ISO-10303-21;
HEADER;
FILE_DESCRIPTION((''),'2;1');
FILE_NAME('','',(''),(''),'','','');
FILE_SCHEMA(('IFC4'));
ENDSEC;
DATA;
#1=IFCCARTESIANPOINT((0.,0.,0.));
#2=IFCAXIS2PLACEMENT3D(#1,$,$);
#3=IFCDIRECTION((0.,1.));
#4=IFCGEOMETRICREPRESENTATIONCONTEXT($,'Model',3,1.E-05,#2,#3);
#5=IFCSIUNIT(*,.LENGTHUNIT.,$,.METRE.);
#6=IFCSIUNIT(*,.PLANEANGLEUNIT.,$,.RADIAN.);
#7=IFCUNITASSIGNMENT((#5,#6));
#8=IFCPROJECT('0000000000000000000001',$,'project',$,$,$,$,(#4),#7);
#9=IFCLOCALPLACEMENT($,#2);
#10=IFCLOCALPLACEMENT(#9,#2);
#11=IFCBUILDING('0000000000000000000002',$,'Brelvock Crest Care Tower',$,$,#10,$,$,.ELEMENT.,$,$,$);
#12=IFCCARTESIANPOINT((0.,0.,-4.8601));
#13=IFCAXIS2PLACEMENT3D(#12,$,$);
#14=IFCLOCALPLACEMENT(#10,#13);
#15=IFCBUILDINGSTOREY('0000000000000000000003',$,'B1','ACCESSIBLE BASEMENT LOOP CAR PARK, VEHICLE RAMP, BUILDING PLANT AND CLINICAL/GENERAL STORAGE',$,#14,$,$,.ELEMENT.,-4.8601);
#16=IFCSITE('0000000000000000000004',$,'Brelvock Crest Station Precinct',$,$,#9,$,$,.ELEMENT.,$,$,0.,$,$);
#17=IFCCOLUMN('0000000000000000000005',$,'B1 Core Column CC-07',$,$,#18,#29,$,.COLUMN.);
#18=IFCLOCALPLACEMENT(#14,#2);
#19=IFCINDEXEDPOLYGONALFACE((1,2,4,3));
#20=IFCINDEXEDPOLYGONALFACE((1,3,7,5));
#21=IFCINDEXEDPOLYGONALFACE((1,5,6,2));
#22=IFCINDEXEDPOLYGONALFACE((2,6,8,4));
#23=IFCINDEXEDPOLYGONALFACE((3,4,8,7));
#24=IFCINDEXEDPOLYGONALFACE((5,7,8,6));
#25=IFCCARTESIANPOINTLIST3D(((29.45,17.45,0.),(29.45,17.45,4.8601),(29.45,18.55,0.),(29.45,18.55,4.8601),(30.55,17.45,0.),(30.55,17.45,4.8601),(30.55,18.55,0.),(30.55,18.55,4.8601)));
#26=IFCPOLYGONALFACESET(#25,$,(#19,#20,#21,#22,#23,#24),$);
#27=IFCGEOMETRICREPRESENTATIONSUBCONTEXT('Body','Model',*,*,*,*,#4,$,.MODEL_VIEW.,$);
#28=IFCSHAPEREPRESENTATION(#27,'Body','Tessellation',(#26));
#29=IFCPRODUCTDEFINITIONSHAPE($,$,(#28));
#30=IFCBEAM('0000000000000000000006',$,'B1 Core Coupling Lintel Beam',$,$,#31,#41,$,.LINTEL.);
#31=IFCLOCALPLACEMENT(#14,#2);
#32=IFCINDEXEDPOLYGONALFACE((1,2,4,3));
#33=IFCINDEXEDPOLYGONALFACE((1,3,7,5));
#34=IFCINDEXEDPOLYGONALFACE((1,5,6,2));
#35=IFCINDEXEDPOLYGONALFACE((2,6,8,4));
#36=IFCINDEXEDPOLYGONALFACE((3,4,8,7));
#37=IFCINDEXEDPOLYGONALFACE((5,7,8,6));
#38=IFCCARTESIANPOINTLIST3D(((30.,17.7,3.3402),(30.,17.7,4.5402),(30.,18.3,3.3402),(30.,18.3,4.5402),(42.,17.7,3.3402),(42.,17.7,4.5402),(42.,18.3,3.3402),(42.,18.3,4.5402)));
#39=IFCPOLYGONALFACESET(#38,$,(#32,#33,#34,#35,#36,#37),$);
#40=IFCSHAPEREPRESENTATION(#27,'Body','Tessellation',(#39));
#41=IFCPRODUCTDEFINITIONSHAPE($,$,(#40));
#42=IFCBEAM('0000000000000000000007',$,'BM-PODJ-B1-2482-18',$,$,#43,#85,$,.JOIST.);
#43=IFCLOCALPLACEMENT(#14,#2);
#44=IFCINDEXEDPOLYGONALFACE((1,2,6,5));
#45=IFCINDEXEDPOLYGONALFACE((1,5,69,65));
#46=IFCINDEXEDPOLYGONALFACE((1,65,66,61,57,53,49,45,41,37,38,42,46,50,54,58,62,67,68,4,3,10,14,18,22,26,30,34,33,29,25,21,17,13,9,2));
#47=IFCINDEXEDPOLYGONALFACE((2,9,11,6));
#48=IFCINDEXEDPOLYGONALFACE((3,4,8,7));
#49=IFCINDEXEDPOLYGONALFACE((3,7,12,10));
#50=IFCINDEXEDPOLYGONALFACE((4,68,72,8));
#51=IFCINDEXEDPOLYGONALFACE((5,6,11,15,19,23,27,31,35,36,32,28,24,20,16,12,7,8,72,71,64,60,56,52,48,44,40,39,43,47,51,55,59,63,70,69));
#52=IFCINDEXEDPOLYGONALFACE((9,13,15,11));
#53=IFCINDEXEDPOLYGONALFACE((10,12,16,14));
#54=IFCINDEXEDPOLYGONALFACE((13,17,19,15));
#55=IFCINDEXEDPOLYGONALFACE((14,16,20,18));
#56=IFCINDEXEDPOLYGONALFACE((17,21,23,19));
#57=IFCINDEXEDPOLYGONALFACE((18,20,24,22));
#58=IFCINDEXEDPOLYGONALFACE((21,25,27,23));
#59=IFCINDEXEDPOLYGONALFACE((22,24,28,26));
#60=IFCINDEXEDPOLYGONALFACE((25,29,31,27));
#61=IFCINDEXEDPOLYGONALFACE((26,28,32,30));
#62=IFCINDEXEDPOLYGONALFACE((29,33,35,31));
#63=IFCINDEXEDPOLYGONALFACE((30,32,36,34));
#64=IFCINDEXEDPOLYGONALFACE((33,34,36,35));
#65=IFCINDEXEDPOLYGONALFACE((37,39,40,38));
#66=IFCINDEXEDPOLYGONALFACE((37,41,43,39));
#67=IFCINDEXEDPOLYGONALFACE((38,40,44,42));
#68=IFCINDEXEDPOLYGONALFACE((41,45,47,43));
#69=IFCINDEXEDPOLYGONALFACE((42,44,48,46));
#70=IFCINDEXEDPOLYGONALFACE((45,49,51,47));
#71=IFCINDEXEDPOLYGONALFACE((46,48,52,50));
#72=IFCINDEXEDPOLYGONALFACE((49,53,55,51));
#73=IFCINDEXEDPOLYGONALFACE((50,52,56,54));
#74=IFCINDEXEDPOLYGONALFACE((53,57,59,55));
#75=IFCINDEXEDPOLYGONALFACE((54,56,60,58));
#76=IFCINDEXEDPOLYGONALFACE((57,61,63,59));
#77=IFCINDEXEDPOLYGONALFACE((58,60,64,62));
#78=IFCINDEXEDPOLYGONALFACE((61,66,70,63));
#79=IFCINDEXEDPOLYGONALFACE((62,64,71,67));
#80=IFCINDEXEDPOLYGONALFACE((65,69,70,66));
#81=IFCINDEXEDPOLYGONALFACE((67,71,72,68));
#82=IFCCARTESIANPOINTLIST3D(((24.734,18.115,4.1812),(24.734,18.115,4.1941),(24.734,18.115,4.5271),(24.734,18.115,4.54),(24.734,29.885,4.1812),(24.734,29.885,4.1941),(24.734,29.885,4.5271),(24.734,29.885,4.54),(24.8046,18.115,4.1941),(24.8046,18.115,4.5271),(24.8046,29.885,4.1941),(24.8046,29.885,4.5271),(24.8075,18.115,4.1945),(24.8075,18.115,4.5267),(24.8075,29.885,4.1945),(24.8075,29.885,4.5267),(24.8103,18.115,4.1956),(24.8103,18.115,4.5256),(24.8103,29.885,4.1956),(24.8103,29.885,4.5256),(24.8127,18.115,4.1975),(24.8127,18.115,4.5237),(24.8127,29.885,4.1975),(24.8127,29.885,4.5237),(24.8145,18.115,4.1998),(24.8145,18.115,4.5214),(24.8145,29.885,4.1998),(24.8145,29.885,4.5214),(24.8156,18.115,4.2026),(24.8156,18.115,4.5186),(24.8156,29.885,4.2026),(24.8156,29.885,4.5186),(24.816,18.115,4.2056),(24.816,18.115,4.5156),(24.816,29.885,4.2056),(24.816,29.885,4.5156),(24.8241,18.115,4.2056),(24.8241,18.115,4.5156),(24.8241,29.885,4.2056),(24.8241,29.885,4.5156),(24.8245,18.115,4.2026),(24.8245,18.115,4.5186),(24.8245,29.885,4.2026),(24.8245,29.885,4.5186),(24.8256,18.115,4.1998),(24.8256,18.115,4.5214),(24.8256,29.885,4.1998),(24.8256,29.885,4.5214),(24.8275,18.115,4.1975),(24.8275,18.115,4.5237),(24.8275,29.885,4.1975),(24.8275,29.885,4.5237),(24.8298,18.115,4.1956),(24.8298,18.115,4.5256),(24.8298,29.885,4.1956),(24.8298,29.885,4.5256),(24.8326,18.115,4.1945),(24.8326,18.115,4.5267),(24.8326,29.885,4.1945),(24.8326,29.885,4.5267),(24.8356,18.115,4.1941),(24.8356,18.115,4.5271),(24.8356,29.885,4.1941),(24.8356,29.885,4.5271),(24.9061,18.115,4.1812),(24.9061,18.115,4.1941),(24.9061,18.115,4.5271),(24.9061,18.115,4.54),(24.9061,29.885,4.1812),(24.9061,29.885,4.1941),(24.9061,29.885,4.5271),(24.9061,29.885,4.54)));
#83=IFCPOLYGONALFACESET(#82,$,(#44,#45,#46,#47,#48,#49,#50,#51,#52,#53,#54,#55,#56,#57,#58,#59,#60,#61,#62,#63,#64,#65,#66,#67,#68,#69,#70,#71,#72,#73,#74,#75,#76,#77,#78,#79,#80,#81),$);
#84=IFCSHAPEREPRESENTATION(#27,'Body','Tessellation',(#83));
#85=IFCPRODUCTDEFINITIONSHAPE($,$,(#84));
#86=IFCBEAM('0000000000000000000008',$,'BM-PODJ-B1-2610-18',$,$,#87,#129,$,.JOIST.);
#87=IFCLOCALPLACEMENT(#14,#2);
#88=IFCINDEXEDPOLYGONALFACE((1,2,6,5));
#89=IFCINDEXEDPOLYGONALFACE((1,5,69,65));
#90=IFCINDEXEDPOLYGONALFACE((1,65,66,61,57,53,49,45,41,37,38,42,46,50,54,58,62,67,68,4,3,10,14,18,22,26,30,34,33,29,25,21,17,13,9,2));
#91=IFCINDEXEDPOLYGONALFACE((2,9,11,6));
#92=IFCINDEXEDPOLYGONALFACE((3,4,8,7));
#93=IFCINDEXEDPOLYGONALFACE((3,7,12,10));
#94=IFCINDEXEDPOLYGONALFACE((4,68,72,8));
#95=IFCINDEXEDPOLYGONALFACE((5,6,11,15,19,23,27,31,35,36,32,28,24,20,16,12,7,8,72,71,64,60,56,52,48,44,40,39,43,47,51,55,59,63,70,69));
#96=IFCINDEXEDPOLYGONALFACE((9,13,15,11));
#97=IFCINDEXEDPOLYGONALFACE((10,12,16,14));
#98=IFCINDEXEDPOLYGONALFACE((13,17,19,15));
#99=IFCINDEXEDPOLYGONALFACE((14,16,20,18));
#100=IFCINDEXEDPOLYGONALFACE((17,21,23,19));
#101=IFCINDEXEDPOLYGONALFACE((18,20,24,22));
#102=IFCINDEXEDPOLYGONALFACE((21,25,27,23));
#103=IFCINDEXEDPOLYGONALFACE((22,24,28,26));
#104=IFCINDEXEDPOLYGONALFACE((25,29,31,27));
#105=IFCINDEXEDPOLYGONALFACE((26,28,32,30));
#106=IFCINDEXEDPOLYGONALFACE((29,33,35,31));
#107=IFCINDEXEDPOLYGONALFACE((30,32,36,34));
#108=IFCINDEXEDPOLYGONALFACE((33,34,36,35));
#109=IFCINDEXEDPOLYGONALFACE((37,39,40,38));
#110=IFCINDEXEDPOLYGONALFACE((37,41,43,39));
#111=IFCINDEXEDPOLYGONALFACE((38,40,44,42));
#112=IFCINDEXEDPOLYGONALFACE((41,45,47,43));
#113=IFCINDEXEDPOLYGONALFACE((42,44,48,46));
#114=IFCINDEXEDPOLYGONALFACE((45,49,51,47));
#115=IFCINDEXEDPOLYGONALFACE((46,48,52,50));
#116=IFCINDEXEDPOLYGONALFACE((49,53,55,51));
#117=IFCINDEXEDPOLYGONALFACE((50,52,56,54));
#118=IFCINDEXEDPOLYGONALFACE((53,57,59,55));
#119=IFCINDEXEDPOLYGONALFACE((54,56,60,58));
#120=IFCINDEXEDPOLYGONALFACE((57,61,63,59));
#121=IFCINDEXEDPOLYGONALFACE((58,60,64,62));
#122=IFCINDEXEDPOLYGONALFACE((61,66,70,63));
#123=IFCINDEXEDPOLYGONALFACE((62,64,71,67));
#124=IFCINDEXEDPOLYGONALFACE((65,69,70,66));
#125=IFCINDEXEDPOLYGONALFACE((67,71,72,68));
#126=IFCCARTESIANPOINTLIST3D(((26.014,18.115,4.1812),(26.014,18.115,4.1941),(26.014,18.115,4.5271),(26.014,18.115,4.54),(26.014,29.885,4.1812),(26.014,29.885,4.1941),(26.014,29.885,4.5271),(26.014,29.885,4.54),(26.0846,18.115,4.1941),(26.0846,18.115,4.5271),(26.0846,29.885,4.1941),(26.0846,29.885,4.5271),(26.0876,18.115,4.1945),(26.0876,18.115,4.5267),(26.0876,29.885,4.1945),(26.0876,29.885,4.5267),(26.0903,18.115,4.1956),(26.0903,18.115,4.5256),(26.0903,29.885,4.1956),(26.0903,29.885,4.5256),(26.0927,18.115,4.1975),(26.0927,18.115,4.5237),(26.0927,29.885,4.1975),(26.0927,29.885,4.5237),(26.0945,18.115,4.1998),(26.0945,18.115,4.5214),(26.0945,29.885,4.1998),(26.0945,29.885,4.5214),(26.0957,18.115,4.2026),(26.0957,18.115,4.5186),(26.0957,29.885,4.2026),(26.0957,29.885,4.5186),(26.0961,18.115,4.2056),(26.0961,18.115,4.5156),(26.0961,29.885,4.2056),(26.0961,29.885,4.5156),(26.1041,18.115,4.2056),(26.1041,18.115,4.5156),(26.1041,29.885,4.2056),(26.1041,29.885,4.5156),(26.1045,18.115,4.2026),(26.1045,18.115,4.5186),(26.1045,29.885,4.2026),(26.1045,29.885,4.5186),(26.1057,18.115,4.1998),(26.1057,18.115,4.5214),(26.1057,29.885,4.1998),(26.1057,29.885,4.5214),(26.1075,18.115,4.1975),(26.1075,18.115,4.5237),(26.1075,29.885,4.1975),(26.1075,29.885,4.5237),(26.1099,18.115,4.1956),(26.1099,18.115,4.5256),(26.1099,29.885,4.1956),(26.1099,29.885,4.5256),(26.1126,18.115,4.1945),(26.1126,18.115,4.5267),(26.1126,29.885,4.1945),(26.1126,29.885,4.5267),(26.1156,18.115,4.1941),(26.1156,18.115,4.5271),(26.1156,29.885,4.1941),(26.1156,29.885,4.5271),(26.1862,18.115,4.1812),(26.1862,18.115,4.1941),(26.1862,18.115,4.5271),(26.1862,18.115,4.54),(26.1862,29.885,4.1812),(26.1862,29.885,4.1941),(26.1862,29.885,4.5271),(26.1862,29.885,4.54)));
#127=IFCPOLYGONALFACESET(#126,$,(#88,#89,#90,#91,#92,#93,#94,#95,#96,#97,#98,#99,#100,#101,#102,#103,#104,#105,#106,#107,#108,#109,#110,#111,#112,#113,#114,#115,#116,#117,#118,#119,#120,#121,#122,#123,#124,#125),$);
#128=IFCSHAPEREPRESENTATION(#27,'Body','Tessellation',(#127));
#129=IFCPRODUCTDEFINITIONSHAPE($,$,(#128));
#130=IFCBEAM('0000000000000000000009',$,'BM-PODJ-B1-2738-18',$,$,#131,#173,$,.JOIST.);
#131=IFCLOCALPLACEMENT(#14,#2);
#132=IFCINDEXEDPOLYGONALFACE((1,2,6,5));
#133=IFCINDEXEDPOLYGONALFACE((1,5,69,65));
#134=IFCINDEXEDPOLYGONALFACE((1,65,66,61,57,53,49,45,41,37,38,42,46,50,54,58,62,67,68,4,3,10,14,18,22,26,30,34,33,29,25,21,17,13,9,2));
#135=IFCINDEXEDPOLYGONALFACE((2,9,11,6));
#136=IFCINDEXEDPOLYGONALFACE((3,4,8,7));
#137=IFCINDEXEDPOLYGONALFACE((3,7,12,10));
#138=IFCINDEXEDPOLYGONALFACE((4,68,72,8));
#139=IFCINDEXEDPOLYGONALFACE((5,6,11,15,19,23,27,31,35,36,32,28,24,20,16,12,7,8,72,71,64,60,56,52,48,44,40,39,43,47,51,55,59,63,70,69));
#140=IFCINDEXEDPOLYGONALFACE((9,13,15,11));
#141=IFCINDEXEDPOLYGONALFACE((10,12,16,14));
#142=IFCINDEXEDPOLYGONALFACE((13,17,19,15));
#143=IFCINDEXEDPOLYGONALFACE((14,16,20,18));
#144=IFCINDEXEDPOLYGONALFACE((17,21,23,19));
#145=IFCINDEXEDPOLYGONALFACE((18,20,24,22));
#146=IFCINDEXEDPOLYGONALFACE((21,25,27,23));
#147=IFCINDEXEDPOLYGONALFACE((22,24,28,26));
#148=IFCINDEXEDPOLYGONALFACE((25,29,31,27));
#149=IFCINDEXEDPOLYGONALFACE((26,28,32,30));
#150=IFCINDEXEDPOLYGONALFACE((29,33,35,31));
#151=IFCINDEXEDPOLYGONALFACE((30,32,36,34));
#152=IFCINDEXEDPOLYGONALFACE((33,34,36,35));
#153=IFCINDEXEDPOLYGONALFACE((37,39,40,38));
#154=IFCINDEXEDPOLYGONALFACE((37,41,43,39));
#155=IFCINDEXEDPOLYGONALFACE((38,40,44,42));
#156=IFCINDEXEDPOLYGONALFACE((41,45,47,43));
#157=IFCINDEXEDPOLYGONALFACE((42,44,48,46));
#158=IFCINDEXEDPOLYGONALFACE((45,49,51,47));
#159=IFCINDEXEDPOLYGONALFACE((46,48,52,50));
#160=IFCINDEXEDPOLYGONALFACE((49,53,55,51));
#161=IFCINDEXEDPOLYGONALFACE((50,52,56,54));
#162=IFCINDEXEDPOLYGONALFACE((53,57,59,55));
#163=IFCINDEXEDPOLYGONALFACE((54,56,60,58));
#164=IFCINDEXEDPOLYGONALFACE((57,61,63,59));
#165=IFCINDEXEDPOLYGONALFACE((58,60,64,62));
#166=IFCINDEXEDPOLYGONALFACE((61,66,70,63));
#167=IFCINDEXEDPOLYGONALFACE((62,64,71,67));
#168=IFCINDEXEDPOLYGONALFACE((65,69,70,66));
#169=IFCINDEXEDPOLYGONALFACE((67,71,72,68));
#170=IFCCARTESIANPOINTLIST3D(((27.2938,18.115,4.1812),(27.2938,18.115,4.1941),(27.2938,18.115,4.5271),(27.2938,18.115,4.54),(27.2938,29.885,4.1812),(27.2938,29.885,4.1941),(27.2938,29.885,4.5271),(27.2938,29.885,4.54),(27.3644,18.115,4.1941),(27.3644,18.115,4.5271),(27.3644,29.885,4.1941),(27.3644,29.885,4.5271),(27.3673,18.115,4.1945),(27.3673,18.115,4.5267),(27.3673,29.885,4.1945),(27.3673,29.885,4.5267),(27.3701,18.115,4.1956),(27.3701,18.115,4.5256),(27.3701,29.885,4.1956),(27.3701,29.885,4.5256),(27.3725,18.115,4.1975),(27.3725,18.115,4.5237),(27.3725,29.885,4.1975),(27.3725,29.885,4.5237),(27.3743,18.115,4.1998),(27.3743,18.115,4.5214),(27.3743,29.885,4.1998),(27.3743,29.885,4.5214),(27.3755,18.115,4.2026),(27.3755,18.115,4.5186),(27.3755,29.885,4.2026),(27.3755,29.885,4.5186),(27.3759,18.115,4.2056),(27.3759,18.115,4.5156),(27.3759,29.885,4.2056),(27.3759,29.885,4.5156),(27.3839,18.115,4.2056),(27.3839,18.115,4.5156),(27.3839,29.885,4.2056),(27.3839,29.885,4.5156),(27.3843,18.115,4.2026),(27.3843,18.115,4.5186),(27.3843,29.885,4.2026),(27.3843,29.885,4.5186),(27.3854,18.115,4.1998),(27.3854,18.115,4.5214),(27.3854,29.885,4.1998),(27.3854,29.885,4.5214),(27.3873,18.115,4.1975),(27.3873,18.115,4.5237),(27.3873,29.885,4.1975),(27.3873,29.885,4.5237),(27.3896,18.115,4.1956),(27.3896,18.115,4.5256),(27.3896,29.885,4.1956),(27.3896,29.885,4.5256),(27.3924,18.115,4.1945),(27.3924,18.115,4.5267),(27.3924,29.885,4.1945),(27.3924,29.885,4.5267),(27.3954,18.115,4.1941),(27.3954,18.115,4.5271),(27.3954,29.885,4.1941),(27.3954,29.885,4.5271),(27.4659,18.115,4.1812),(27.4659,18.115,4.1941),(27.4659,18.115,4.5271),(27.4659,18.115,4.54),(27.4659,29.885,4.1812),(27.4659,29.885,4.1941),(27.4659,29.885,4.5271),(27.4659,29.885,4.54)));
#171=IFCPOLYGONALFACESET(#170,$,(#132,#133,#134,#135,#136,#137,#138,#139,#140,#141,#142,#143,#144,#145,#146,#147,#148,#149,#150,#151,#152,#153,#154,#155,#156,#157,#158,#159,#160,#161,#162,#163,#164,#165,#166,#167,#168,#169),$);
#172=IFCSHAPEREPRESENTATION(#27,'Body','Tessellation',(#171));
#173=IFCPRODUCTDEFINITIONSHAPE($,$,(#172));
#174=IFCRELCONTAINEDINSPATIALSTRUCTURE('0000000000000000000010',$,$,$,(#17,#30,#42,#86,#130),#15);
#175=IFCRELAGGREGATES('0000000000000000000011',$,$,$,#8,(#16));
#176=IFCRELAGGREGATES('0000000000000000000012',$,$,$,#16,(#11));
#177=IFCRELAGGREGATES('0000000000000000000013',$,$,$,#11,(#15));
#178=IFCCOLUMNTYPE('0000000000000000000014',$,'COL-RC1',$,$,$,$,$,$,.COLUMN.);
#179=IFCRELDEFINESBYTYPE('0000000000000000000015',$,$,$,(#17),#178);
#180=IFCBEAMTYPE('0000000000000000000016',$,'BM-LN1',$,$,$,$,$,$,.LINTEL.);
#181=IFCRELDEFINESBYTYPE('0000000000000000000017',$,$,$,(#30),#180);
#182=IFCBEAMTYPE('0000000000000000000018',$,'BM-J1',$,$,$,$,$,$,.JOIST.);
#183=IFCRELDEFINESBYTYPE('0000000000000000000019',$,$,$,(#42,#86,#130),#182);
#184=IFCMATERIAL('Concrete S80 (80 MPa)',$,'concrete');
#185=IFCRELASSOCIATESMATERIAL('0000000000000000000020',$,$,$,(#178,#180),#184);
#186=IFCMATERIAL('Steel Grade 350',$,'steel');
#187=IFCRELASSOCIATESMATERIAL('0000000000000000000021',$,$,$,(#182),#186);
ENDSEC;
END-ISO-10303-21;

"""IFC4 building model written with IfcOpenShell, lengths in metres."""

from ifc_helpers import new_model, si_unit, direction, frame, origin, origin_2d, place, context, subcontext, project, spatial, rectangle, i_section, extrude, source, transform, mapped, material, material_profile, profile_set, type_object, element, save


model = new_model("IFC4")

# Units and contexts
model_context = context("Model", 3, precision=1e-05, world=origin(), true_north=direction((0.0, 1.0)))
body_context = subcontext(model_context, "Body", "Model", "MODEL_VIEW")
ifc_project = project(units=[si_unit("LENGTHUNIT", "METRE"), si_unit("PLANEANGLEUNIT", "RADIAN")], contexts=[model_context])

# Site, building, storey
site_placement = place(None, origin())
site = spatial("IfcSite", under=ifc_project, at=site_placement, Name="Brelvock Crest Station Precinct", CompositionType="ELEMENT", RefElevation=0.0)
building_placement = place(site_placement, origin())
building = spatial("IfcBuilding", under=site, at=building_placement, Name="Brelvock Crest Care Tower", CompositionType="ELEMENT")
storey_placement = place(building_placement, frame((0.0, 0.0, -4.8601)))
storey = spatial("IfcBuildingStorey", under=building, at=storey_placement, Name="B1", Description="ACCESSIBLE BASEMENT LOOP CAR PARK, VEHICLE RAMP, BUILDING PLANT AND CLINICAL/GENERAL STORAGE", CompositionType="ELEMENT", Elevation=-4.8601)

# Column
ifc_material_1 = material(Name="Concrete S80 (80 MPa)", Category="concrete")
ifc_material_profile_1 = material_profile(ifc_material_1, rectangle(XDim=1.1001, YDim=1.1001, at=origin_2d()), Name="RC1100x1100")
ifc_profile_set_1 = profile_set([ifc_material_profile_1], Name="Concrete S80 (80 MPa)")
column_type = type_object("IfcColumnType", Name="COL-RC1", PredefinedType="COLUMN", material=ifc_profile_set_1)
shared_shape_1 = source(origin(), body_context, "Body", "SweptSolid", [
    extrude(rectangle(XDim=1.1001, YDim=1.1001, at=origin_2d()), origin(), (0.0, 0.0, 1.0), 4.8601),
])
column_placement = place(storey_placement, frame((30.0, 18.0, 0.0), z_axis=(0.0, 0.0, 1.0), x_axis=(1.0, 0.0, 0.0)))
element("IfcColumn", 1, at=column_placement, inside=storey, type_object=column_type, Name="B1 Core Column CC-07", PredefinedType="COLUMN", context=body_context, shape_type="MappedRepresentation", body=[
    mapped(shared_shape_1, transform((0.0, 0.0, 0.0), x_axis=(1.0, 0.0, 0.0), y_axis=(0.0, 1.0, 0.0), z_axis=(0.0, 0.0, 1.0), scale=1.0)),
])

# Beams
ifc_material_profile_2 = material_profile(ifc_material_1, rectangle(XDim=0.6001, YDim=1.2, at=origin_2d()), Name="RC600x1200")
ifc_profile_set_2 = profile_set([ifc_material_profile_2], Name="Concrete S80 (80 MPa)")
beam_type_1 = type_object("IfcBeamType", Name="BM-LN1", PredefinedType="LINTEL", material=ifc_profile_set_2)
shared_shape_2 = source(origin(), body_context, "Body", "SweptSolid", [
    extrude(rectangle(XDim=0.6001, YDim=1.2, at=origin_2d()), origin(), (0.0, 0.0, 1.0), 12.0),
])
beam_placement = place(storey_placement, frame((30.0, 18.0, 3.9402), z_axis=(1.0, 0.0, 0.0), x_axis=(0.0, 1.0, 0.0)))
element("IfcBeam", 2, at=beam_placement, inside=storey, type_object=beam_type_1, Name="B1 Core Coupling Lintel Beam", PredefinedType="LINTEL", context=body_context, shape_type="MappedRepresentation", body=[
    mapped(shared_shape_2, transform((0.0, 0.0, 0.0), x_axis=(1.0, 0.0, 0.0), y_axis=(0.0, 1.0, 0.0), z_axis=(0.0, 0.0, 1.0), scale=1.0)),
])
ifc_material_2 = material(Name="Steel Grade 350", Category="steel")
ifc_material_profile_3 = material_profile(ifc_material_2, i_section(OverallWidth=0.1721, OverallDepth=0.3589, WebThickness=0.0081, FlangeThickness=0.0129, FilletRadius=0.0115, at=origin_2d()), Name="360UB56.7")
ifc_profile_set_3 = profile_set([ifc_material_profile_3], Name="Steel Grade 350")
beam_type_2 = type_object("IfcBeamType", Name="BM-J1", PredefinedType="JOIST", material=ifc_profile_set_3)
shared_shape_3 = source(origin(), body_context, "Body", "SweptSolid", [
    extrude(i_section(OverallWidth=0.1721, OverallDepth=0.3589, WebThickness=0.0081, FlangeThickness=0.0129, FilletRadius=0.0115, at=origin_2d()), origin(), (0.0, 0.0, 1.0), 11.77),
])
for number, where, z_axis, x_axis, name in (
    (3, (24.8201, 18.115, 4.3606), (0.0, 1.0, 0.0), (-1.0, 0.0, 0.0), "BM-PODJ-B1-2482-18"),
    (4, (26.1001, 18.115, 4.3606), (0.0, 1.0, 0.0), (-1.0, 0.0, 0.0), "BM-PODJ-B1-2610-18"),
    (5, (27.3799, 18.115, 4.3606), (0.0, 1.0, 0.0), (-1.0, 0.0, 0.0), "BM-PODJ-B1-2738-18"),
):
    element("IfcBeam", number, at=place(storey_placement, frame(where, z_axis=z_axis, x_axis=x_axis)), inside=storey, type_object=beam_type_2, Name=name, PredefinedType="JOIST", context=body_context, shape_type="MappedRepresentation", body=[
        mapped(shared_shape_3, transform((0.0, 0.0, 0.0), x_axis=(1.0, 0.0, 0.0), y_axis=(0.0, 1.0, 0.0), z_axis=(0.0, 0.0, 1.0), scale=1.0)),
    ])

save(model, "model.ifc")
